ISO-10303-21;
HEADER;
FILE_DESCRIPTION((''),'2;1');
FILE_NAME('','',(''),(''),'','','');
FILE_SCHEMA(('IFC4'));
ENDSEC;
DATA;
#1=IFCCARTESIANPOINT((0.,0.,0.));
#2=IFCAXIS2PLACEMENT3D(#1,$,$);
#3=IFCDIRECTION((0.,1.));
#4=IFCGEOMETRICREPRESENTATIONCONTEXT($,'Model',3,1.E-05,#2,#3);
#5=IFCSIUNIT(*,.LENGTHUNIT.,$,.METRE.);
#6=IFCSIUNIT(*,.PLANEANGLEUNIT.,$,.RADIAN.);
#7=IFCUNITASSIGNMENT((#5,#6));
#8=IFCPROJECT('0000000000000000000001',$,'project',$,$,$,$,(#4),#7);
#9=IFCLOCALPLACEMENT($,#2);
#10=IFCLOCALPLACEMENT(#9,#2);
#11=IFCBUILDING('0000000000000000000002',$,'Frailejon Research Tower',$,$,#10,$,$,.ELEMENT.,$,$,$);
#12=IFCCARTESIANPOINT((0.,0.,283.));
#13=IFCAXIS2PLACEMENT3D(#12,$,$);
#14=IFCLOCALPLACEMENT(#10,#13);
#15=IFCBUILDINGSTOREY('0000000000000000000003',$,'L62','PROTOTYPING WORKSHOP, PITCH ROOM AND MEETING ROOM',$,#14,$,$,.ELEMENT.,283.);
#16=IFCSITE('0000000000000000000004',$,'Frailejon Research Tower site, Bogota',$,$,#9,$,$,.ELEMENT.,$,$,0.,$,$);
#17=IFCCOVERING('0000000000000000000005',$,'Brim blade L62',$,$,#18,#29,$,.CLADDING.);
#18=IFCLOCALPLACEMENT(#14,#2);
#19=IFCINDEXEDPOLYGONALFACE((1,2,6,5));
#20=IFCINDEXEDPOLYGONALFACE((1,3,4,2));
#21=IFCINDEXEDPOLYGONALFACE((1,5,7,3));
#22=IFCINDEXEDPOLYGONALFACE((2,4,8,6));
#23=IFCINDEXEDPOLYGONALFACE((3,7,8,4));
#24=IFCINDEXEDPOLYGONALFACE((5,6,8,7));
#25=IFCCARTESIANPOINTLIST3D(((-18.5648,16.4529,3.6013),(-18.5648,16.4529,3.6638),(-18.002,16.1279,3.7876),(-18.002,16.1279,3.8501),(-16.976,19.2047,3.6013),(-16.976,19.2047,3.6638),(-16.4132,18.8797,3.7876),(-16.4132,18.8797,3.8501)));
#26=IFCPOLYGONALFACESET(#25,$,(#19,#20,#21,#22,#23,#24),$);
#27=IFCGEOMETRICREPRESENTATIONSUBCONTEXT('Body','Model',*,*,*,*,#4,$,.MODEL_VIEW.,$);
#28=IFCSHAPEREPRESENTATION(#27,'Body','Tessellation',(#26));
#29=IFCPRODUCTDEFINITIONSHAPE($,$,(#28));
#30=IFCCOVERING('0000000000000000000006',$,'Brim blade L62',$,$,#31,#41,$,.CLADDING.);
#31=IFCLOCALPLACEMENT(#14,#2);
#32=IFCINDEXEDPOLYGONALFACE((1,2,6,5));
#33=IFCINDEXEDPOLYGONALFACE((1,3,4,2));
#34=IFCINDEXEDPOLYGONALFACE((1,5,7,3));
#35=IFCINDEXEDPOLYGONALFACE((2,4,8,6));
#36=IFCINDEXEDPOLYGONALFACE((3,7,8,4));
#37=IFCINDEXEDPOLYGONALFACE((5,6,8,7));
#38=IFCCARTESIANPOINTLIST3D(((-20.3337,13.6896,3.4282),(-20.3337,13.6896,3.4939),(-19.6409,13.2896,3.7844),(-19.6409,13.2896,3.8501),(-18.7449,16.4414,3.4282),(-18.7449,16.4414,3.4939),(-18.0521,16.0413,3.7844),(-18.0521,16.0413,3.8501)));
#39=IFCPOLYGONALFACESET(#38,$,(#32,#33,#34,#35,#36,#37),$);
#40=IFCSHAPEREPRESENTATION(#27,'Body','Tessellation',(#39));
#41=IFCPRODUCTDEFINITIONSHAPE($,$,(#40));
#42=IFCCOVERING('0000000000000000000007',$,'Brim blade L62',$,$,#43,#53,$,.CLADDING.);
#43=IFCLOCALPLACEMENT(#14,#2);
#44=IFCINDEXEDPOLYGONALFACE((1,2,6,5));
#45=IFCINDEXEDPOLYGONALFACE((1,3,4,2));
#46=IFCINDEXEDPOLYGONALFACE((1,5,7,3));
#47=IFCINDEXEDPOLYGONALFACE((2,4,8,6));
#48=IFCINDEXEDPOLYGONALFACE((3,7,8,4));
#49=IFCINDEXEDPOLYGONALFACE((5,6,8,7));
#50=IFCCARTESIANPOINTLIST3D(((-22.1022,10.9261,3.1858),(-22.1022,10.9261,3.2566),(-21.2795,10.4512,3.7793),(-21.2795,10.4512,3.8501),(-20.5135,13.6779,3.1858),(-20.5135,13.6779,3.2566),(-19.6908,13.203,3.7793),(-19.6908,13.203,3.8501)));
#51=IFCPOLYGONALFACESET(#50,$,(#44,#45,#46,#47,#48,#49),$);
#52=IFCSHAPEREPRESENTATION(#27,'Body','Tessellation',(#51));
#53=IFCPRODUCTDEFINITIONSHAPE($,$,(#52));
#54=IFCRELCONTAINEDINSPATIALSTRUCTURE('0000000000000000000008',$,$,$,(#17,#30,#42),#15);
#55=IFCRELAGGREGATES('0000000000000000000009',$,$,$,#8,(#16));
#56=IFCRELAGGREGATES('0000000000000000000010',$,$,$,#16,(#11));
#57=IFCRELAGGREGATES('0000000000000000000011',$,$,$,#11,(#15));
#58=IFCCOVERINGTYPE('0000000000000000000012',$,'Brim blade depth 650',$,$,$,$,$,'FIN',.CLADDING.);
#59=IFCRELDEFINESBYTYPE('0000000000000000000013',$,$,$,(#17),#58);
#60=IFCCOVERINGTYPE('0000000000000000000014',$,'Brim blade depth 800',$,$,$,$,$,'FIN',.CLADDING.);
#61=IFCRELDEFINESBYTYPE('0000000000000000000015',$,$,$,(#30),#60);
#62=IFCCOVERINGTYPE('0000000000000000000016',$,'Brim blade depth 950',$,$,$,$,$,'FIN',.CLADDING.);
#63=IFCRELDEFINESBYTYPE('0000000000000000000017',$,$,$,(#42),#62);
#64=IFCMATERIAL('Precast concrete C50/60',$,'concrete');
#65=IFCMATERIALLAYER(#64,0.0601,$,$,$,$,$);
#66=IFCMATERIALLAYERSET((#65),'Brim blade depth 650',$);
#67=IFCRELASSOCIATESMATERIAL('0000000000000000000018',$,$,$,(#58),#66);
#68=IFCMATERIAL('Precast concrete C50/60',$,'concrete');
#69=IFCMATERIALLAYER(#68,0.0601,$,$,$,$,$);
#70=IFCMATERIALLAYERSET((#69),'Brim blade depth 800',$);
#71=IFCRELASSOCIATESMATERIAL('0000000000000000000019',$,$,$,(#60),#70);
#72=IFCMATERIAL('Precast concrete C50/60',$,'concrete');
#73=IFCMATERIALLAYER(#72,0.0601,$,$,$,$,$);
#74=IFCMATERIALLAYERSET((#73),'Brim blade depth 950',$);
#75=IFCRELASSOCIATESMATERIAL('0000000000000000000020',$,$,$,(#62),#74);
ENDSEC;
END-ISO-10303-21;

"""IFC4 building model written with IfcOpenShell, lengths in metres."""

from ifc_helpers import new_model, si_unit, direction, frame, origin, place, context, subcontext, project, spatial, polyline, outline, extrude, material, layer, layer_set, type_object, element, save


model = new_model("IFC4")

# Units and contexts
model_context = context("Model", 3, precision=1e-05, world=origin(), true_north=direction((0.0, 1.0)))
body_context = subcontext(model_context, "Body", "Model", "MODEL_VIEW")
ifc_project = project(units=[si_unit("LENGTHUNIT", "METRE"), si_unit("PLANEANGLEUNIT", "RADIAN")], contexts=[model_context])

# Site, building, storey
site_placement = place(None, origin())
site = spatial("IfcSite", under=ifc_project, at=site_placement, Name="Frailejon Research Tower site, Bogota", CompositionType="ELEMENT", RefElevation=0.0)
building_placement = place(site_placement, origin())
building = spatial("IfcBuilding", under=site, at=building_placement, Name="Frailejon Research Tower", CompositionType="ELEMENT")
storey_placement = place(building_placement, frame((0.0, 0.0, 283.0)))
storey = spatial("IfcBuildingStorey", under=building, at=storey_placement, Name="L62", Description="PROTOTYPING WORKSHOP, PITCH ROOM AND MEETING ROOM", CompositionType="ELEMENT", Elevation=283.0)

# Coverings
ifc_material_1 = material(Name="Precast concrete C50/60", Category="concrete")
ifc_layer_1 = layer(ifc_material_1, 0.0601)
ifc_layer_set_1 = layer_set([ifc_layer_1], Name="Brim blade depth 650")
covering_type_1 = type_object("IfcCoveringType", Name="Brim blade depth 650", ElementType="FIN", PredefinedType="CLADDING", material=ifc_layer_set_1)
covering_1_placement = place(storey_placement, frame((-18.002, 16.1279, 3.8501), z_axis=(0.500002, 0.866025, 0.0), x_axis=(-0.866025, 0.500002, 0.0)))
element("IfcCovering", 1, at=covering_1_placement, inside=storey, type_object=covering_type_1, Name="Brim blade L62", PredefinedType="CLADDING", context=body_context, shape_type="SweptSolid", body=[
    extrude(outline(polyline([(0.0, -0.0625), (0.6499, -0.2488), (0.6499, -0.1863), (0.0, 0.0), (0.0, -0.0625)])), origin(), (0.0, 0.0, 1.0), 3.1775),
])
ifc_material_2 = material(Name="Precast concrete C50/60", Category="concrete")
ifc_layer_2 = layer(ifc_material_2, 0.0601)
ifc_layer_set_2 = layer_set([ifc_layer_2], Name="Brim blade depth 800")
covering_type_2 = type_object("IfcCoveringType", Name="Brim blade depth 800", ElementType="FIN", PredefinedType="CLADDING", material=ifc_layer_set_2)
covering_2_placement = place(storey_placement, frame((-19.6409, 13.2896, 3.8501), z_axis=(0.500011, 0.866019, 0.0), x_axis=(-0.866019, 0.500011, 0.0)))
element("IfcCovering", 2, at=covering_2_placement, inside=storey, type_object=covering_type_2, Name="Brim blade L62", PredefinedType="CLADDING", context=body_context, shape_type="SweptSolid", body=[
    extrude(outline(polyline([(0.0, -0.0657), (0.8, -0.4219), (0.8, -0.3562), (0.0, 0.0), (0.0, -0.0657)])), origin(), (0.0, 0.0, 1.0), 3.1775),
])
ifc_material_3 = material(Name="Precast concrete C50/60", Category="concrete")
ifc_layer_3 = layer(ifc_material_3, 0.0601)
ifc_layer_set_3 = layer_set([ifc_layer_3], Name="Brim blade depth 950")
covering_type_3 = type_object("IfcCoveringType", Name="Brim blade depth 950", ElementType="FIN", PredefinedType="CLADDING", material=ifc_layer_set_3)
covering_3_placement = place(storey_placement, frame((-21.2795, 10.4512, 3.8501), z_axis=(0.499988, 0.866032, 0.0), x_axis=(-0.866032, 0.499988, 0.0)))
element("IfcCovering", 3, at=covering_3_placement, inside=storey, type_object=covering_type_3, Name="Brim blade L62", PredefinedType="CLADDING", context=body_context, shape_type="SweptSolid", body=[
    extrude(outline(polyline([(0.0, -0.0708), (0.95, -0.6643), (0.95, -0.5935), (0.0, 0.0), (0.0, -0.0708)])), origin(), (0.0, 0.0, 1.0), 3.1775),
])

save(model, "model.ifc")
